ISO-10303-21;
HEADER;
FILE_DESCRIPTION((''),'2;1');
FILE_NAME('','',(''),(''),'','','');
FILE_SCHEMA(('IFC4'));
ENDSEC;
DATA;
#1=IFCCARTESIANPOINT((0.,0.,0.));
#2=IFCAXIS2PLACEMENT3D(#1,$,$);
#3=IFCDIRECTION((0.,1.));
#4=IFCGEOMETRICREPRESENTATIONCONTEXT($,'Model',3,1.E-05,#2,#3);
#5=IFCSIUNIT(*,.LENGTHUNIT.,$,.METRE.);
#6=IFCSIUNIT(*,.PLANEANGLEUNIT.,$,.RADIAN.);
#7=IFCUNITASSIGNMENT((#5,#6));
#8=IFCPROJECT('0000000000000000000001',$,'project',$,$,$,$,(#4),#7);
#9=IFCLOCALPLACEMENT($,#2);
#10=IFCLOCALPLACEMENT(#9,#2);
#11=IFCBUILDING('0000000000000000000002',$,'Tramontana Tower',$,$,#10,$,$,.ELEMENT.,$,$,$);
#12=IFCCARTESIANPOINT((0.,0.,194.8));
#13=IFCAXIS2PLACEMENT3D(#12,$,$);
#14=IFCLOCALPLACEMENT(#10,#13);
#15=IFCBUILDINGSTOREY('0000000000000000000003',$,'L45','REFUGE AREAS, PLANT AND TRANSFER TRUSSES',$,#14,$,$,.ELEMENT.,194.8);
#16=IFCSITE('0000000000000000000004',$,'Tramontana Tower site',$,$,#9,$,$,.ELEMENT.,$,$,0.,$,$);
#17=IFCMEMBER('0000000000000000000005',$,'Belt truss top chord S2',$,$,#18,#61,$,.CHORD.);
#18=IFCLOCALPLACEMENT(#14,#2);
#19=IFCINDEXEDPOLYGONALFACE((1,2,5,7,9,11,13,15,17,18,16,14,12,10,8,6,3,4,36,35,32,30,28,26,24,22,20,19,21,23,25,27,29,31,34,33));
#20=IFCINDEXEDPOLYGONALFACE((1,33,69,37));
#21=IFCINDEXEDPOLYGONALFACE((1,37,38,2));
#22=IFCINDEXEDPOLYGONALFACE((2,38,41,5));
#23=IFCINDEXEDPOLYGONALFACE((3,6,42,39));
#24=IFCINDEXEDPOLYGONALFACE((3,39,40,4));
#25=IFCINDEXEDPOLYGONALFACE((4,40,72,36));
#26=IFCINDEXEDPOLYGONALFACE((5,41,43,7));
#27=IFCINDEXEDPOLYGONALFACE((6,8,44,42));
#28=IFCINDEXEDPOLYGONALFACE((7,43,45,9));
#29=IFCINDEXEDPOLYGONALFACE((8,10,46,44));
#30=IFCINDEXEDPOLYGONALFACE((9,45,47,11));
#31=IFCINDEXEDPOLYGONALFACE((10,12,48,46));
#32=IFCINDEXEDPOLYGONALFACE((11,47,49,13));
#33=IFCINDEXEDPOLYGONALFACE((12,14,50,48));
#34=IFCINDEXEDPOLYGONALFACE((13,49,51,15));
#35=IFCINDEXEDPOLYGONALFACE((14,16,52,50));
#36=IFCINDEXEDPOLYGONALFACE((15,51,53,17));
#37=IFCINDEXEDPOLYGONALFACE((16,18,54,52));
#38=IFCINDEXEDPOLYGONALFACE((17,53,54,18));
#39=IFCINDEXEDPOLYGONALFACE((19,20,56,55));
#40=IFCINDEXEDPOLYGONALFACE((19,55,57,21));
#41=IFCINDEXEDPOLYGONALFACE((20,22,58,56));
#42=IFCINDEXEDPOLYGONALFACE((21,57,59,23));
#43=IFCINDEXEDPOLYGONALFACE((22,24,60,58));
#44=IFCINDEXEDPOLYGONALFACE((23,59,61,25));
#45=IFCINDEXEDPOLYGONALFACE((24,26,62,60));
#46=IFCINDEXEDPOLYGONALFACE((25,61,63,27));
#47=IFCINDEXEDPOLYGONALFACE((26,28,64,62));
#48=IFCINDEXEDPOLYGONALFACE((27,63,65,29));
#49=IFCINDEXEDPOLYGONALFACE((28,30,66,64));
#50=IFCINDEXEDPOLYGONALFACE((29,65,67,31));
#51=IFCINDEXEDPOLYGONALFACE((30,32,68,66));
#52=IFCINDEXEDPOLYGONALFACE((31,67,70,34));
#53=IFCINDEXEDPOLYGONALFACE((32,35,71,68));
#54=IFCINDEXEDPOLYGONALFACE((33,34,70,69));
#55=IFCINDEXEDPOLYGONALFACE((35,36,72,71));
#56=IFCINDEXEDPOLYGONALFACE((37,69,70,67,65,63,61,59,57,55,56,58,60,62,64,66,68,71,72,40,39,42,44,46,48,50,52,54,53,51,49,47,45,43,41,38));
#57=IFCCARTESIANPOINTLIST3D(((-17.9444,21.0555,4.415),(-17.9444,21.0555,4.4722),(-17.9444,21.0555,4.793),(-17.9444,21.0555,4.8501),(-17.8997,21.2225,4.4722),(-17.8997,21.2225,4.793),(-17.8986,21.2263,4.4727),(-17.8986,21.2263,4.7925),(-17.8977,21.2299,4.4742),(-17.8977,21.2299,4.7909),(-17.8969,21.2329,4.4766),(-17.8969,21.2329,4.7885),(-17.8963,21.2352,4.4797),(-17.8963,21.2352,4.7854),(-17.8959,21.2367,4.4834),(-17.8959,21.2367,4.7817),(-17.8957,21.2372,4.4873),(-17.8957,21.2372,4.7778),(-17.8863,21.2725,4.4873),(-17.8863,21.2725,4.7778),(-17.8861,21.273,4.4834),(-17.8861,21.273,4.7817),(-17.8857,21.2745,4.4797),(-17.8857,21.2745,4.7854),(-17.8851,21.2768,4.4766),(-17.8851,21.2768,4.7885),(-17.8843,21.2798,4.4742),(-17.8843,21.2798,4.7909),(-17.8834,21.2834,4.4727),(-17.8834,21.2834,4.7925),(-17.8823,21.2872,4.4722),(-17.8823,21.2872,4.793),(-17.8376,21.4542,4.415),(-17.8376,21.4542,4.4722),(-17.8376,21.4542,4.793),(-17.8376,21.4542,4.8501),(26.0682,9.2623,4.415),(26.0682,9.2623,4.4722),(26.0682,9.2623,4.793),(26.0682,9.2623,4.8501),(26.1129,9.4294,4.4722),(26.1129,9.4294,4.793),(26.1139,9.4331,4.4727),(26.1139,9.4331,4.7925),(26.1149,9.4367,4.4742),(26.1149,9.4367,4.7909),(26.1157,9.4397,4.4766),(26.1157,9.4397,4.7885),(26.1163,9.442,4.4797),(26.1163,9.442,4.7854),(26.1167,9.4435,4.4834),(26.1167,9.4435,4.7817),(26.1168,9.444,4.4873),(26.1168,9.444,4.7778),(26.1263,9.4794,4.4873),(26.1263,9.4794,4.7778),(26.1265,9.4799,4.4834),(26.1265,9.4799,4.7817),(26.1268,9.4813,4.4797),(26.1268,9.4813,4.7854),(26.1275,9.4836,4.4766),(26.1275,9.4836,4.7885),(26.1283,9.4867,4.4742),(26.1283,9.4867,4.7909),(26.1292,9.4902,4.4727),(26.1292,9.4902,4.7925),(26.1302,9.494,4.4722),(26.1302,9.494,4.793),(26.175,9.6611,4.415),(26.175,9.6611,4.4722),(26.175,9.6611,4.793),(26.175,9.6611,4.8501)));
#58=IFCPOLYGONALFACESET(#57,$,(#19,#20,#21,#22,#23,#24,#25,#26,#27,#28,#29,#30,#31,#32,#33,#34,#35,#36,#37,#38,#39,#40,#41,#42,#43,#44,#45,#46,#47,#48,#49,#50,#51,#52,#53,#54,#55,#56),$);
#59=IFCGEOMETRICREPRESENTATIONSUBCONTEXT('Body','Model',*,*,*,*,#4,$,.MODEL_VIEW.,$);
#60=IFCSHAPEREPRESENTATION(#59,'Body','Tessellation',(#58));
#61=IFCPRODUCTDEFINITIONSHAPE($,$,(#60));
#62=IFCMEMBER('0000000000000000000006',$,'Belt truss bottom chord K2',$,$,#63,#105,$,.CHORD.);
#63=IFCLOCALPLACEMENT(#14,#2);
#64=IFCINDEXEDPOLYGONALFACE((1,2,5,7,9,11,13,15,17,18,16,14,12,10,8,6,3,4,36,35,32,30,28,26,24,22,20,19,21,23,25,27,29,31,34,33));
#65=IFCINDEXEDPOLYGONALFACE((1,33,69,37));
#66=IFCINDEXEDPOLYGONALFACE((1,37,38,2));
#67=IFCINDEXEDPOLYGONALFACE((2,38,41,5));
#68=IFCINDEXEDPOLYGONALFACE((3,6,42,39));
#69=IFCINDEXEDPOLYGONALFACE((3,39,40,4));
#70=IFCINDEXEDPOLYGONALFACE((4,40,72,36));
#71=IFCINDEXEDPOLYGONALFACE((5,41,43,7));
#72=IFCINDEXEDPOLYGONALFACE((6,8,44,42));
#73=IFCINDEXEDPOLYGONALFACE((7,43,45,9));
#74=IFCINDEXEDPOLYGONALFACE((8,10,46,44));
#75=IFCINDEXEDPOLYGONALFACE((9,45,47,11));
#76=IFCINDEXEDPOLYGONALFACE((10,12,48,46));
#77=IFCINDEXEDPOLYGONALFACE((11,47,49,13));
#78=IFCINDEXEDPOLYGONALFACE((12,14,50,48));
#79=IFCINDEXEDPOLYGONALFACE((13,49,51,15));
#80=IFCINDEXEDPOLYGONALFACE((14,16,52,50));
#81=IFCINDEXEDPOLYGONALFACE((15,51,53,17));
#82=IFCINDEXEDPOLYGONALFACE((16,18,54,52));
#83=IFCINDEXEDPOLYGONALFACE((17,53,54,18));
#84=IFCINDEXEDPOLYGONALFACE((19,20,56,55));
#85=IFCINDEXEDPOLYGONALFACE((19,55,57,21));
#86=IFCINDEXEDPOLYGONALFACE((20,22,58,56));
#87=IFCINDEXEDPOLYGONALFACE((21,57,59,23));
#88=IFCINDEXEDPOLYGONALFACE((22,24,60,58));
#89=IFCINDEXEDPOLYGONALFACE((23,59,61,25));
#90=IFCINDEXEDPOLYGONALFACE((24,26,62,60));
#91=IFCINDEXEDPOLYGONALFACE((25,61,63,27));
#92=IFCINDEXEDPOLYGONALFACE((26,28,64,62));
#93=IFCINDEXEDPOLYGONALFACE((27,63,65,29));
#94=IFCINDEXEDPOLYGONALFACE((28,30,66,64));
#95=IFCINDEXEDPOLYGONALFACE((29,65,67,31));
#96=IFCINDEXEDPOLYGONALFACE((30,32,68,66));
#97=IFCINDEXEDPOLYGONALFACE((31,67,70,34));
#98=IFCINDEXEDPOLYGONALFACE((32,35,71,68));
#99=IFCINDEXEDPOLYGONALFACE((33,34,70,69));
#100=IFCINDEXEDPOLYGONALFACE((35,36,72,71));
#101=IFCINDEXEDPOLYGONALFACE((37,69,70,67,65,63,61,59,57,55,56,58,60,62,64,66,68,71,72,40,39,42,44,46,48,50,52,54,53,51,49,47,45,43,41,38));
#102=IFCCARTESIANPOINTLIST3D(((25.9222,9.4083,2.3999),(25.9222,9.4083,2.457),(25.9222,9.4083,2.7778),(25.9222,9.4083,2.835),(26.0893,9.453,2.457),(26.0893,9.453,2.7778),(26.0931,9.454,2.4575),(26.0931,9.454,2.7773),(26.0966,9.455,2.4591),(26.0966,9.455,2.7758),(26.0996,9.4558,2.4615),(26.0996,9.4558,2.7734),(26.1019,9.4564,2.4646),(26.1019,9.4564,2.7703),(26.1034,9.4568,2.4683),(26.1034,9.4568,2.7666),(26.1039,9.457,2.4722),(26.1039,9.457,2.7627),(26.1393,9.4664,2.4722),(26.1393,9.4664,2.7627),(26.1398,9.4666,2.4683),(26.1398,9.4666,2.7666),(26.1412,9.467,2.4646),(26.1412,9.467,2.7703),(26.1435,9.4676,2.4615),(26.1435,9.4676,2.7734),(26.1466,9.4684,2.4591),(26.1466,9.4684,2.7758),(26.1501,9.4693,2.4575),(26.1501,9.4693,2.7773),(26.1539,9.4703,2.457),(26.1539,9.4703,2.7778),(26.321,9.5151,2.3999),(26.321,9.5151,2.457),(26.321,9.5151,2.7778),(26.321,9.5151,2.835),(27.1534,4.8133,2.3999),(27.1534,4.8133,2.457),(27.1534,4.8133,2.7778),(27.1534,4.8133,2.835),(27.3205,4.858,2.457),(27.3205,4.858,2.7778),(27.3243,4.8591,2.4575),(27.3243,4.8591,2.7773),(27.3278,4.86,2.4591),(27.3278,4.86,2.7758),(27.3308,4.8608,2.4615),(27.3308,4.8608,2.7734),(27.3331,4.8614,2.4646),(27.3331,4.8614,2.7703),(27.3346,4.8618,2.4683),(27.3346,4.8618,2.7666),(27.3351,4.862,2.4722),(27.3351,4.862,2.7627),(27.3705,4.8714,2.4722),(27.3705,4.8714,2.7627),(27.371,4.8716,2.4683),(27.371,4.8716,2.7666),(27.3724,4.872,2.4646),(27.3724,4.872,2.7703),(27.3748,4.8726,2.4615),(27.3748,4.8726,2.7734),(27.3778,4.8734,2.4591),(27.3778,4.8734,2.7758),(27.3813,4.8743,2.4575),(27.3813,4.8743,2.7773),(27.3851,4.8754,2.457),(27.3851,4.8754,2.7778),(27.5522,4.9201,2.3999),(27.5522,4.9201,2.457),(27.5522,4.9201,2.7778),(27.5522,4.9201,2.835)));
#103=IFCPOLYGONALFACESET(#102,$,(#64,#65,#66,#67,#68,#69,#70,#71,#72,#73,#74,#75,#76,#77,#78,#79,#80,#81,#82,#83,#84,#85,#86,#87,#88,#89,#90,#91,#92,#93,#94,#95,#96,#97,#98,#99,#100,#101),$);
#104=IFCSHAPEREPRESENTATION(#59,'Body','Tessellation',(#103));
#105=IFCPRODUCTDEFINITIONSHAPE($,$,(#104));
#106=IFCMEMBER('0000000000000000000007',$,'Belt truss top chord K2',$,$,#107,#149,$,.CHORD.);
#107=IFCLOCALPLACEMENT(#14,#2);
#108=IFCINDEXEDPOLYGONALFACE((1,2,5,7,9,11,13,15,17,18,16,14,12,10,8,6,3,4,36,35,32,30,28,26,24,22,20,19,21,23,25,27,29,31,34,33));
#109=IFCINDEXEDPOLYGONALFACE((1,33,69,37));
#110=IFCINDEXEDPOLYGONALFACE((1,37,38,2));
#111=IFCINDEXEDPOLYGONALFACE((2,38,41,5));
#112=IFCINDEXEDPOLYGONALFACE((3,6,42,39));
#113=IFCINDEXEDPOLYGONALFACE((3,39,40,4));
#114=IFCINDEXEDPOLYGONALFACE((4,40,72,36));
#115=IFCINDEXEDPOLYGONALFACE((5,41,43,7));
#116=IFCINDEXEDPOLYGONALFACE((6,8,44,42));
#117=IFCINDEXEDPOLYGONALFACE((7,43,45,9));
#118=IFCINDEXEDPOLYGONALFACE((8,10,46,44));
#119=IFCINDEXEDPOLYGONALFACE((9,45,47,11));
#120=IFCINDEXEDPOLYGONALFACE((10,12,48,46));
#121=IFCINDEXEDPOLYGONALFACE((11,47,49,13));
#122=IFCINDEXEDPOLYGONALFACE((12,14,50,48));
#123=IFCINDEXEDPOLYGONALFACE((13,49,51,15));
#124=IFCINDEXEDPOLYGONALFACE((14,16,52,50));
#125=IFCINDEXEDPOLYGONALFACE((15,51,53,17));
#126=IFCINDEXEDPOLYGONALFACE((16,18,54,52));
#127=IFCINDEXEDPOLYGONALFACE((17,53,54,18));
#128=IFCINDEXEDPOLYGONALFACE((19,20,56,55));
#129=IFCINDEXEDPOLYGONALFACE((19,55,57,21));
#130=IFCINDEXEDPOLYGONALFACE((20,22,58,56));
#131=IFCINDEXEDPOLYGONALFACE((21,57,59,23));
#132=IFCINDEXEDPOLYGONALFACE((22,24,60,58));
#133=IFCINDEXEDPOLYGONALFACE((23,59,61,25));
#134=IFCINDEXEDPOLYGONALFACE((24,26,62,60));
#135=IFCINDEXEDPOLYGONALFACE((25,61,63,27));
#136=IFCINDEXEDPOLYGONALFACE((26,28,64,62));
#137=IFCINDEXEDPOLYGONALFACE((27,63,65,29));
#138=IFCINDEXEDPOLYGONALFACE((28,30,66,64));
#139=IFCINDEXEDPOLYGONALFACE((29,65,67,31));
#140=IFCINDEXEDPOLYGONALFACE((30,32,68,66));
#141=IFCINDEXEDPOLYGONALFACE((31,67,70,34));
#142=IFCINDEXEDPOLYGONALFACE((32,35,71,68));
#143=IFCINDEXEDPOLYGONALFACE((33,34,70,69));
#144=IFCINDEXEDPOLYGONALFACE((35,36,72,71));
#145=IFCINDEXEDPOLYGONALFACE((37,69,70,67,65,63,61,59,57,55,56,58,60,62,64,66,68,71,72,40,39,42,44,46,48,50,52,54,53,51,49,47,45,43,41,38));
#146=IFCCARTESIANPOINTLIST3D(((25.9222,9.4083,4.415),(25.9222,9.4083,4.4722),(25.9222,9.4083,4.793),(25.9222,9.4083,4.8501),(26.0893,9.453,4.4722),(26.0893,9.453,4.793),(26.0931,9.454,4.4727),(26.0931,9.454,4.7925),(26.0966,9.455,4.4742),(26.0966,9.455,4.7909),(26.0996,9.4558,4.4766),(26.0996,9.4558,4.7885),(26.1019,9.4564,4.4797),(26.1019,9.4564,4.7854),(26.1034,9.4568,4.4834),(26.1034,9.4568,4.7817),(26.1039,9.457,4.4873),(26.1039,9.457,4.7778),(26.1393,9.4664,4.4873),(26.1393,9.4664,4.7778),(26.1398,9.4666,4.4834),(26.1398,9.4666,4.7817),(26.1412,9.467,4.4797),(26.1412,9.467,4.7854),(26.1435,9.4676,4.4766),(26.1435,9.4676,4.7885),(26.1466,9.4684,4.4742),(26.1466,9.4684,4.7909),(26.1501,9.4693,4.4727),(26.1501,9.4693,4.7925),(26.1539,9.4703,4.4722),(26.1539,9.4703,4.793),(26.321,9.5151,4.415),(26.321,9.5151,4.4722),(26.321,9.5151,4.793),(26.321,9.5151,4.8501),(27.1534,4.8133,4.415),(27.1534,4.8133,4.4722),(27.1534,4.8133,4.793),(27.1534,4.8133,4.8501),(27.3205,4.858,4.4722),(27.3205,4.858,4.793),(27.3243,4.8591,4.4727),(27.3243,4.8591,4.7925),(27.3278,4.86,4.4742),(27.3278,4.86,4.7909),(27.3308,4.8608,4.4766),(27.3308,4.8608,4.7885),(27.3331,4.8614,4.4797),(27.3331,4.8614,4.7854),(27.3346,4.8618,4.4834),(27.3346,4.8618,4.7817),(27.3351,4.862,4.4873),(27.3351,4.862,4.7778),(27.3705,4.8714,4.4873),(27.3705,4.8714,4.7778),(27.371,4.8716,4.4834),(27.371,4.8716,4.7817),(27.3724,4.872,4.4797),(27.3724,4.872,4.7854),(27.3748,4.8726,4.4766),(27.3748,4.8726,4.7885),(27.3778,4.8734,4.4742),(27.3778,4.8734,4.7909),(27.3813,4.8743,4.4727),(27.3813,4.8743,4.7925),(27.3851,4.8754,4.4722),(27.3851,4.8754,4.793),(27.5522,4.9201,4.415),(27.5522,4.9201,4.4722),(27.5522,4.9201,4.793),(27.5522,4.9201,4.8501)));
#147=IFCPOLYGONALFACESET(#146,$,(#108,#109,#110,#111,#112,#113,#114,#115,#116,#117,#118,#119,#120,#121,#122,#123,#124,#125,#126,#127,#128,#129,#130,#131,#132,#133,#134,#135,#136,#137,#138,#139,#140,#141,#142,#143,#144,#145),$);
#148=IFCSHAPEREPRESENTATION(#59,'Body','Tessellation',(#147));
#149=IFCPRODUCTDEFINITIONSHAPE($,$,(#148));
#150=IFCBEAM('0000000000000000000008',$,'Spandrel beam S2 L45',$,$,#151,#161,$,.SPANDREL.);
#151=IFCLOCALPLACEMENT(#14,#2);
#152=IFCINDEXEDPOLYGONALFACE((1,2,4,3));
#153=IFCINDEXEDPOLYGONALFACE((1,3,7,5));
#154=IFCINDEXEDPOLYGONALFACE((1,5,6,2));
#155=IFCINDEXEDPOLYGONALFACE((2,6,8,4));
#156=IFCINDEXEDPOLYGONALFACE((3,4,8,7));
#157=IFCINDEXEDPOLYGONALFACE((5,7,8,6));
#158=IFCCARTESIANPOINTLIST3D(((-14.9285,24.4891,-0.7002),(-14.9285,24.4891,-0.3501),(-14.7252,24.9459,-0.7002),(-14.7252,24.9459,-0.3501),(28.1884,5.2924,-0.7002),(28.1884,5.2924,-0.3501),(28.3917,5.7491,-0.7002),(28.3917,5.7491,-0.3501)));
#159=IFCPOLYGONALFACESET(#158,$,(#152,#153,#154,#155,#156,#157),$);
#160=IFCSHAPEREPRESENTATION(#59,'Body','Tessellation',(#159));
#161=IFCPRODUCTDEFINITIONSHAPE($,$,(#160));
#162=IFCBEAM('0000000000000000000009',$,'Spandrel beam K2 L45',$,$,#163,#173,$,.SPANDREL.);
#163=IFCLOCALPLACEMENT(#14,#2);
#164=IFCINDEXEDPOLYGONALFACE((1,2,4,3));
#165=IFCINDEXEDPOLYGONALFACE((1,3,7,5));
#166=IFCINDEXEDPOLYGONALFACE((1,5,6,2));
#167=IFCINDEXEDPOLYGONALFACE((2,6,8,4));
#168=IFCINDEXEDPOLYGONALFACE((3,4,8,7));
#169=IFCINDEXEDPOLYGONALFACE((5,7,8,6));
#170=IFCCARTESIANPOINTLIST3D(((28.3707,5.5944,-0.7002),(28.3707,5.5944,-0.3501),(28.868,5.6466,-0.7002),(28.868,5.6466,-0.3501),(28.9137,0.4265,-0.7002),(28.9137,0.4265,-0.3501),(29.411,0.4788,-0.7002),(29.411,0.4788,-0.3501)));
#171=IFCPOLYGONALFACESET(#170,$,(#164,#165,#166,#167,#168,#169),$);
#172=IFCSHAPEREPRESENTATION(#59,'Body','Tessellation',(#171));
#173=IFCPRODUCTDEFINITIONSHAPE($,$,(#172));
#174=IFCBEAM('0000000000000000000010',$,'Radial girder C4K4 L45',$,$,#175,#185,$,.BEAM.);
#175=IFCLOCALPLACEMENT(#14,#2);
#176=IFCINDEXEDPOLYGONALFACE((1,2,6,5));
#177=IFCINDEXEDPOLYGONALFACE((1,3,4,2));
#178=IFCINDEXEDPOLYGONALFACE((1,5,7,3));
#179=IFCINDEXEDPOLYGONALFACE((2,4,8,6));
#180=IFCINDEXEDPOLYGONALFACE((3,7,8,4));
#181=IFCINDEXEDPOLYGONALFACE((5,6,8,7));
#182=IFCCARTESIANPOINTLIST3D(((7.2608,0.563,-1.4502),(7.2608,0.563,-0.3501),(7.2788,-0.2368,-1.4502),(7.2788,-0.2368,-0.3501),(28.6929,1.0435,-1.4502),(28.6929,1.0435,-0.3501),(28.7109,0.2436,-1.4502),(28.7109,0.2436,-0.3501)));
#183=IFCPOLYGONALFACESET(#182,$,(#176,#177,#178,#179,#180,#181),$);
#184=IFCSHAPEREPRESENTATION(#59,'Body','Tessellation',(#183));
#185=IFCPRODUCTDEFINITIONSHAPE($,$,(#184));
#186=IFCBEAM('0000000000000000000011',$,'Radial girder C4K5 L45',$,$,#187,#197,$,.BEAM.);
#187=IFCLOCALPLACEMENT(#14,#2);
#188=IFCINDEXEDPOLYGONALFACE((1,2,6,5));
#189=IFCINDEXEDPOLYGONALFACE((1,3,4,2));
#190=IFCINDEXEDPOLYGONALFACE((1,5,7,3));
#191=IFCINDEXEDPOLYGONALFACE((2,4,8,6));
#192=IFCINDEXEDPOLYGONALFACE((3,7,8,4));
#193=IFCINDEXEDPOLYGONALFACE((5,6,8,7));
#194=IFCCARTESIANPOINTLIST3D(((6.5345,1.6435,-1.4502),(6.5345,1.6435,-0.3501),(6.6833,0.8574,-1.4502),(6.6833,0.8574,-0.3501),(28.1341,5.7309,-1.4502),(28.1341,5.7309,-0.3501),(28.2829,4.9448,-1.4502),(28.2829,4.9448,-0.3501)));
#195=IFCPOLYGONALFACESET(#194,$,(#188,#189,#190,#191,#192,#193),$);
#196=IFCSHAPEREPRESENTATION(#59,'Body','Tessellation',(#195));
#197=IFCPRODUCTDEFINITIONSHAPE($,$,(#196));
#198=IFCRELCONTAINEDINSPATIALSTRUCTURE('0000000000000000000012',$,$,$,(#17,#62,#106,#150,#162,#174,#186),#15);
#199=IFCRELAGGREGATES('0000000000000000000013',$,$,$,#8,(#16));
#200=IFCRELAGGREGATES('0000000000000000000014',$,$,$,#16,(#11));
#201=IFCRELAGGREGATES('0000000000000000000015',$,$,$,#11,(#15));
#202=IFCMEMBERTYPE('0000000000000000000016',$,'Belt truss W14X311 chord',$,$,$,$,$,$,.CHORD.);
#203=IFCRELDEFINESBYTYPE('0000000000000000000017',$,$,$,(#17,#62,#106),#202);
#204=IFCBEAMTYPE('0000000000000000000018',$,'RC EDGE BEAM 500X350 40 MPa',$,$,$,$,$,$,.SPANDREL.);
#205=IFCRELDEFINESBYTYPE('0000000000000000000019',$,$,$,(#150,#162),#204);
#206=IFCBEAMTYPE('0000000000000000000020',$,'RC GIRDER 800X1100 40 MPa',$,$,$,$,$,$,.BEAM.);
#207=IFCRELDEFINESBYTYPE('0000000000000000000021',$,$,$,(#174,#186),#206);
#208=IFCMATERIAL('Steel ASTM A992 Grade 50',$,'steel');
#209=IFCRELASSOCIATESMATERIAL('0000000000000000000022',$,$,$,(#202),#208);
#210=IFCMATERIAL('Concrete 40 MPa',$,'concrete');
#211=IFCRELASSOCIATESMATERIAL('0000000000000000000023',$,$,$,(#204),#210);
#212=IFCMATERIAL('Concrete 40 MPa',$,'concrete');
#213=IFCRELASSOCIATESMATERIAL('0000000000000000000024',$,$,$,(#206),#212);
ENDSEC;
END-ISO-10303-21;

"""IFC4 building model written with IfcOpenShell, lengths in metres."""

from ifc_helpers import new_model, si_unit, direction, frame, origin, origin_2d, place, context, subcontext, project, spatial, rectangle, i_section, extrude, material, material_profile, profile_set, type_object, element, save


model = new_model("IFC4")

# Units and contexts
model_context = context("Model", 3, precision=1e-05, world=origin(), true_north=direction((0.0, 1.0)))
body_context = subcontext(model_context, "Body", "Model", "MODEL_VIEW")
ifc_project = project(units=[si_unit("LENGTHUNIT", "METRE"), si_unit("PLANEANGLEUNIT", "RADIAN")], contexts=[model_context])

# Site, building, storey
site_placement = place(None, origin())
site = spatial("IfcSite", under=ifc_project, at=site_placement, Name="Tramontana Tower site", CompositionType="ELEMENT", RefElevation=0.0)
building_placement = place(site_placement, origin())
building = spatial("IfcBuilding", under=site, at=building_placement, Name="Tramontana Tower", CompositionType="ELEMENT")
storey_placement = place(building_placement, frame((0.0, 0.0, 194.8)))
storey = spatial("IfcBuildingStorey", under=building, at=storey_placement, Name="L45", Description="REFUGE AREAS, PLANT AND TRANSFER TRUSSES", CompositionType="ELEMENT", Elevation=194.8)

# Members
ifc_material_1 = material(Name="Steel ASTM A992 Grade 50", Category="steel")
ifc_material_profile_1 = material_profile(ifc_material_1, i_section(OverallWidth=0.4128, OverallDepth=0.4351, WebThickness=0.0366, FlangeThickness=0.0571, FilletRadius=0.0151, at=origin_2d()), Name="W14X311")
ifc_profile_set_1 = profile_set([ifc_material_profile_1], Name="Steel ASTM A992 Grade 50")
member_type_1 = type_object("IfcMemberType", Name="Belt truss W14X311 chord", PredefinedType="CHORD", material=ifc_profile_set_1)
for number, where, z_axis, x_axis, name in (
    (1, (26.1216, 9.4617, 4.6326), (-0.965926, 0.25882, 0.0), (-0.25882, -0.965926, 0.0), "Belt truss top chord S2"),
):
    element("IfcMember", number, at=place(storey_placement, frame(where, z_axis=z_axis, x_axis=x_axis)), inside=storey, type_object=member_type_1, Name=name, PredefinedType="CHORD", context=body_context, shape_type="SweptSolid", body=[
        extrude(i_section(OverallWidth=0.4128, OverallDepth=0.4351, WebThickness=0.0366, FlangeThickness=0.0571, FilletRadius=0.0151, at=origin_2d()), origin(), (0.0, 0.0, 1.0), 45.5652),
    ])
for number, where, z_axis, x_axis, name in (
    (2, (27.3528, 4.8667, 2.6174), (-0.258816, 0.965927, 0.0), (-0.965927, -0.258816, 0.0), "Belt truss bottom chord K2"),
    (3, (27.3528, 4.8667, 4.6326), (-0.258816, 0.965927, 0.0), (-0.965927, -0.258816, 0.0), "Belt truss top chord K2"),
):
    element("IfcMember", number, at=place(storey_placement, frame(where, z_axis=z_axis, x_axis=x_axis)), inside=storey, type_object=member_type_1, Name=name, PredefinedType="CHORD", context=body_context, shape_type="SweptSolid", body=[
        extrude(i_section(OverallWidth=0.4128, OverallDepth=0.4351, WebThickness=0.0366, FlangeThickness=0.0571, FilletRadius=0.0151, at=origin_2d()), origin(), (0.0, 0.0, 1.0), 4.7571),
    ])

# Beams
ifc_material_2 = material(Name="Concrete 40 MPa", Category="concrete")
ifc_material_profile_2 = material_profile(ifc_material_2, rectangle(XDim=0.5, YDim=0.3501, at=origin_2d()), Name="RC EDGE BEAM 500X350 40 MPa")
ifc_profile_set_2 = profile_set([ifc_material_profile_2], Name="Concrete 40 MPa")
beam_type_1 = type_object("IfcBeamType", Name="RC EDGE BEAM 500X350 40 MPa", PredefinedType="SPANDREL", material=ifc_profile_set_2)
beam_1_placement = place(storey_placement, frame((28.29, 5.5208, -0.5251), z_axis=(-0.913546, 0.406734, 0.0), x_axis=(-0.406734, -0.913546, 0.0)))
element("IfcBeam", 4, at=beam_1_placement, inside=storey, type_object=beam_type_1, Name="Spandrel beam S2 L45", PredefinedType="SPANDREL", context=body_context, shape_type="SweptSolid", body=[
    extrude(rectangle(XDim=0.5, YDim=0.3501, at=origin_2d()), origin(), (0.0, 0.0, 1.0), 47.1973),
])
beam_2_placement = place(storey_placement, frame((29.1624, 0.4526, -0.5251), z_axis=(-0.104494, 0.994526, 0.0), x_axis=(-0.994526, -0.104494, 0.0)))
element("IfcBeam", 5, at=beam_2_placement, inside=storey, type_object=beam_type_1, Name="Spandrel beam K2 L45", PredefinedType="SPANDREL", context=body_context, shape_type="SweptSolid", body=[
    extrude(rectangle(XDim=0.5, YDim=0.3501, at=origin_2d()), origin(), (0.0, 0.0, 1.0), 5.1963),
])
ifc_material_3 = material(Name="Concrete 40 MPa", Category="concrete")
ifc_material_profile_3 = material_profile(ifc_material_3, rectangle(XDim=0.8, YDim=1.1001, at=origin_2d()), Name="RC GIRDER 800X1100 40 MPa")
ifc_profile_set_3 = profile_set([ifc_material_profile_3], Name="Concrete 40 MPa")
beam_type_2 = type_object("IfcBeamType", Name="RC GIRDER 800X1100 40 MPa", PredefinedType="BEAM", material=ifc_profile_set_3)
beam_3_placement = place(storey_placement, frame((28.7019, 0.6436, -0.9001), z_axis=(-0.999749, -0.022413, 0.0), x_axis=(0.022413, -0.999749, 0.0)))
element("IfcBeam", 6, at=beam_3_placement, inside=storey, type_object=beam_type_2, Name="Radial girder C4K4 L45", PredefinedType="BEAM", context=body_context, shape_type="SweptSolid", body=[
    extrude(rectangle(XDim=0.8, YDim=1.1001, at=origin_2d()), origin(), (0.0, 0.0, 1.0), 21.4375),
])
beam_4_placement = place(storey_placement, frame((28.2085, 5.3379, -0.9001), z_axis=(-0.982562, -0.185935, 0.0), x_axis=(0.185935, -0.982562, 0.0)))
element("IfcBeam", 7, at=beam_4_placement, inside=storey, type_object=beam_type_2, Name="Radial girder C4K5 L45", PredefinedType="BEAM", context=body_context, shape_type="SweptSolid", body=[
    extrude(rectangle(XDim=0.8, YDim=1.1001, at=origin_2d()), origin(), (0.0, 0.0, 1.0), 21.9829),
])

save(model, "model.ifc")
